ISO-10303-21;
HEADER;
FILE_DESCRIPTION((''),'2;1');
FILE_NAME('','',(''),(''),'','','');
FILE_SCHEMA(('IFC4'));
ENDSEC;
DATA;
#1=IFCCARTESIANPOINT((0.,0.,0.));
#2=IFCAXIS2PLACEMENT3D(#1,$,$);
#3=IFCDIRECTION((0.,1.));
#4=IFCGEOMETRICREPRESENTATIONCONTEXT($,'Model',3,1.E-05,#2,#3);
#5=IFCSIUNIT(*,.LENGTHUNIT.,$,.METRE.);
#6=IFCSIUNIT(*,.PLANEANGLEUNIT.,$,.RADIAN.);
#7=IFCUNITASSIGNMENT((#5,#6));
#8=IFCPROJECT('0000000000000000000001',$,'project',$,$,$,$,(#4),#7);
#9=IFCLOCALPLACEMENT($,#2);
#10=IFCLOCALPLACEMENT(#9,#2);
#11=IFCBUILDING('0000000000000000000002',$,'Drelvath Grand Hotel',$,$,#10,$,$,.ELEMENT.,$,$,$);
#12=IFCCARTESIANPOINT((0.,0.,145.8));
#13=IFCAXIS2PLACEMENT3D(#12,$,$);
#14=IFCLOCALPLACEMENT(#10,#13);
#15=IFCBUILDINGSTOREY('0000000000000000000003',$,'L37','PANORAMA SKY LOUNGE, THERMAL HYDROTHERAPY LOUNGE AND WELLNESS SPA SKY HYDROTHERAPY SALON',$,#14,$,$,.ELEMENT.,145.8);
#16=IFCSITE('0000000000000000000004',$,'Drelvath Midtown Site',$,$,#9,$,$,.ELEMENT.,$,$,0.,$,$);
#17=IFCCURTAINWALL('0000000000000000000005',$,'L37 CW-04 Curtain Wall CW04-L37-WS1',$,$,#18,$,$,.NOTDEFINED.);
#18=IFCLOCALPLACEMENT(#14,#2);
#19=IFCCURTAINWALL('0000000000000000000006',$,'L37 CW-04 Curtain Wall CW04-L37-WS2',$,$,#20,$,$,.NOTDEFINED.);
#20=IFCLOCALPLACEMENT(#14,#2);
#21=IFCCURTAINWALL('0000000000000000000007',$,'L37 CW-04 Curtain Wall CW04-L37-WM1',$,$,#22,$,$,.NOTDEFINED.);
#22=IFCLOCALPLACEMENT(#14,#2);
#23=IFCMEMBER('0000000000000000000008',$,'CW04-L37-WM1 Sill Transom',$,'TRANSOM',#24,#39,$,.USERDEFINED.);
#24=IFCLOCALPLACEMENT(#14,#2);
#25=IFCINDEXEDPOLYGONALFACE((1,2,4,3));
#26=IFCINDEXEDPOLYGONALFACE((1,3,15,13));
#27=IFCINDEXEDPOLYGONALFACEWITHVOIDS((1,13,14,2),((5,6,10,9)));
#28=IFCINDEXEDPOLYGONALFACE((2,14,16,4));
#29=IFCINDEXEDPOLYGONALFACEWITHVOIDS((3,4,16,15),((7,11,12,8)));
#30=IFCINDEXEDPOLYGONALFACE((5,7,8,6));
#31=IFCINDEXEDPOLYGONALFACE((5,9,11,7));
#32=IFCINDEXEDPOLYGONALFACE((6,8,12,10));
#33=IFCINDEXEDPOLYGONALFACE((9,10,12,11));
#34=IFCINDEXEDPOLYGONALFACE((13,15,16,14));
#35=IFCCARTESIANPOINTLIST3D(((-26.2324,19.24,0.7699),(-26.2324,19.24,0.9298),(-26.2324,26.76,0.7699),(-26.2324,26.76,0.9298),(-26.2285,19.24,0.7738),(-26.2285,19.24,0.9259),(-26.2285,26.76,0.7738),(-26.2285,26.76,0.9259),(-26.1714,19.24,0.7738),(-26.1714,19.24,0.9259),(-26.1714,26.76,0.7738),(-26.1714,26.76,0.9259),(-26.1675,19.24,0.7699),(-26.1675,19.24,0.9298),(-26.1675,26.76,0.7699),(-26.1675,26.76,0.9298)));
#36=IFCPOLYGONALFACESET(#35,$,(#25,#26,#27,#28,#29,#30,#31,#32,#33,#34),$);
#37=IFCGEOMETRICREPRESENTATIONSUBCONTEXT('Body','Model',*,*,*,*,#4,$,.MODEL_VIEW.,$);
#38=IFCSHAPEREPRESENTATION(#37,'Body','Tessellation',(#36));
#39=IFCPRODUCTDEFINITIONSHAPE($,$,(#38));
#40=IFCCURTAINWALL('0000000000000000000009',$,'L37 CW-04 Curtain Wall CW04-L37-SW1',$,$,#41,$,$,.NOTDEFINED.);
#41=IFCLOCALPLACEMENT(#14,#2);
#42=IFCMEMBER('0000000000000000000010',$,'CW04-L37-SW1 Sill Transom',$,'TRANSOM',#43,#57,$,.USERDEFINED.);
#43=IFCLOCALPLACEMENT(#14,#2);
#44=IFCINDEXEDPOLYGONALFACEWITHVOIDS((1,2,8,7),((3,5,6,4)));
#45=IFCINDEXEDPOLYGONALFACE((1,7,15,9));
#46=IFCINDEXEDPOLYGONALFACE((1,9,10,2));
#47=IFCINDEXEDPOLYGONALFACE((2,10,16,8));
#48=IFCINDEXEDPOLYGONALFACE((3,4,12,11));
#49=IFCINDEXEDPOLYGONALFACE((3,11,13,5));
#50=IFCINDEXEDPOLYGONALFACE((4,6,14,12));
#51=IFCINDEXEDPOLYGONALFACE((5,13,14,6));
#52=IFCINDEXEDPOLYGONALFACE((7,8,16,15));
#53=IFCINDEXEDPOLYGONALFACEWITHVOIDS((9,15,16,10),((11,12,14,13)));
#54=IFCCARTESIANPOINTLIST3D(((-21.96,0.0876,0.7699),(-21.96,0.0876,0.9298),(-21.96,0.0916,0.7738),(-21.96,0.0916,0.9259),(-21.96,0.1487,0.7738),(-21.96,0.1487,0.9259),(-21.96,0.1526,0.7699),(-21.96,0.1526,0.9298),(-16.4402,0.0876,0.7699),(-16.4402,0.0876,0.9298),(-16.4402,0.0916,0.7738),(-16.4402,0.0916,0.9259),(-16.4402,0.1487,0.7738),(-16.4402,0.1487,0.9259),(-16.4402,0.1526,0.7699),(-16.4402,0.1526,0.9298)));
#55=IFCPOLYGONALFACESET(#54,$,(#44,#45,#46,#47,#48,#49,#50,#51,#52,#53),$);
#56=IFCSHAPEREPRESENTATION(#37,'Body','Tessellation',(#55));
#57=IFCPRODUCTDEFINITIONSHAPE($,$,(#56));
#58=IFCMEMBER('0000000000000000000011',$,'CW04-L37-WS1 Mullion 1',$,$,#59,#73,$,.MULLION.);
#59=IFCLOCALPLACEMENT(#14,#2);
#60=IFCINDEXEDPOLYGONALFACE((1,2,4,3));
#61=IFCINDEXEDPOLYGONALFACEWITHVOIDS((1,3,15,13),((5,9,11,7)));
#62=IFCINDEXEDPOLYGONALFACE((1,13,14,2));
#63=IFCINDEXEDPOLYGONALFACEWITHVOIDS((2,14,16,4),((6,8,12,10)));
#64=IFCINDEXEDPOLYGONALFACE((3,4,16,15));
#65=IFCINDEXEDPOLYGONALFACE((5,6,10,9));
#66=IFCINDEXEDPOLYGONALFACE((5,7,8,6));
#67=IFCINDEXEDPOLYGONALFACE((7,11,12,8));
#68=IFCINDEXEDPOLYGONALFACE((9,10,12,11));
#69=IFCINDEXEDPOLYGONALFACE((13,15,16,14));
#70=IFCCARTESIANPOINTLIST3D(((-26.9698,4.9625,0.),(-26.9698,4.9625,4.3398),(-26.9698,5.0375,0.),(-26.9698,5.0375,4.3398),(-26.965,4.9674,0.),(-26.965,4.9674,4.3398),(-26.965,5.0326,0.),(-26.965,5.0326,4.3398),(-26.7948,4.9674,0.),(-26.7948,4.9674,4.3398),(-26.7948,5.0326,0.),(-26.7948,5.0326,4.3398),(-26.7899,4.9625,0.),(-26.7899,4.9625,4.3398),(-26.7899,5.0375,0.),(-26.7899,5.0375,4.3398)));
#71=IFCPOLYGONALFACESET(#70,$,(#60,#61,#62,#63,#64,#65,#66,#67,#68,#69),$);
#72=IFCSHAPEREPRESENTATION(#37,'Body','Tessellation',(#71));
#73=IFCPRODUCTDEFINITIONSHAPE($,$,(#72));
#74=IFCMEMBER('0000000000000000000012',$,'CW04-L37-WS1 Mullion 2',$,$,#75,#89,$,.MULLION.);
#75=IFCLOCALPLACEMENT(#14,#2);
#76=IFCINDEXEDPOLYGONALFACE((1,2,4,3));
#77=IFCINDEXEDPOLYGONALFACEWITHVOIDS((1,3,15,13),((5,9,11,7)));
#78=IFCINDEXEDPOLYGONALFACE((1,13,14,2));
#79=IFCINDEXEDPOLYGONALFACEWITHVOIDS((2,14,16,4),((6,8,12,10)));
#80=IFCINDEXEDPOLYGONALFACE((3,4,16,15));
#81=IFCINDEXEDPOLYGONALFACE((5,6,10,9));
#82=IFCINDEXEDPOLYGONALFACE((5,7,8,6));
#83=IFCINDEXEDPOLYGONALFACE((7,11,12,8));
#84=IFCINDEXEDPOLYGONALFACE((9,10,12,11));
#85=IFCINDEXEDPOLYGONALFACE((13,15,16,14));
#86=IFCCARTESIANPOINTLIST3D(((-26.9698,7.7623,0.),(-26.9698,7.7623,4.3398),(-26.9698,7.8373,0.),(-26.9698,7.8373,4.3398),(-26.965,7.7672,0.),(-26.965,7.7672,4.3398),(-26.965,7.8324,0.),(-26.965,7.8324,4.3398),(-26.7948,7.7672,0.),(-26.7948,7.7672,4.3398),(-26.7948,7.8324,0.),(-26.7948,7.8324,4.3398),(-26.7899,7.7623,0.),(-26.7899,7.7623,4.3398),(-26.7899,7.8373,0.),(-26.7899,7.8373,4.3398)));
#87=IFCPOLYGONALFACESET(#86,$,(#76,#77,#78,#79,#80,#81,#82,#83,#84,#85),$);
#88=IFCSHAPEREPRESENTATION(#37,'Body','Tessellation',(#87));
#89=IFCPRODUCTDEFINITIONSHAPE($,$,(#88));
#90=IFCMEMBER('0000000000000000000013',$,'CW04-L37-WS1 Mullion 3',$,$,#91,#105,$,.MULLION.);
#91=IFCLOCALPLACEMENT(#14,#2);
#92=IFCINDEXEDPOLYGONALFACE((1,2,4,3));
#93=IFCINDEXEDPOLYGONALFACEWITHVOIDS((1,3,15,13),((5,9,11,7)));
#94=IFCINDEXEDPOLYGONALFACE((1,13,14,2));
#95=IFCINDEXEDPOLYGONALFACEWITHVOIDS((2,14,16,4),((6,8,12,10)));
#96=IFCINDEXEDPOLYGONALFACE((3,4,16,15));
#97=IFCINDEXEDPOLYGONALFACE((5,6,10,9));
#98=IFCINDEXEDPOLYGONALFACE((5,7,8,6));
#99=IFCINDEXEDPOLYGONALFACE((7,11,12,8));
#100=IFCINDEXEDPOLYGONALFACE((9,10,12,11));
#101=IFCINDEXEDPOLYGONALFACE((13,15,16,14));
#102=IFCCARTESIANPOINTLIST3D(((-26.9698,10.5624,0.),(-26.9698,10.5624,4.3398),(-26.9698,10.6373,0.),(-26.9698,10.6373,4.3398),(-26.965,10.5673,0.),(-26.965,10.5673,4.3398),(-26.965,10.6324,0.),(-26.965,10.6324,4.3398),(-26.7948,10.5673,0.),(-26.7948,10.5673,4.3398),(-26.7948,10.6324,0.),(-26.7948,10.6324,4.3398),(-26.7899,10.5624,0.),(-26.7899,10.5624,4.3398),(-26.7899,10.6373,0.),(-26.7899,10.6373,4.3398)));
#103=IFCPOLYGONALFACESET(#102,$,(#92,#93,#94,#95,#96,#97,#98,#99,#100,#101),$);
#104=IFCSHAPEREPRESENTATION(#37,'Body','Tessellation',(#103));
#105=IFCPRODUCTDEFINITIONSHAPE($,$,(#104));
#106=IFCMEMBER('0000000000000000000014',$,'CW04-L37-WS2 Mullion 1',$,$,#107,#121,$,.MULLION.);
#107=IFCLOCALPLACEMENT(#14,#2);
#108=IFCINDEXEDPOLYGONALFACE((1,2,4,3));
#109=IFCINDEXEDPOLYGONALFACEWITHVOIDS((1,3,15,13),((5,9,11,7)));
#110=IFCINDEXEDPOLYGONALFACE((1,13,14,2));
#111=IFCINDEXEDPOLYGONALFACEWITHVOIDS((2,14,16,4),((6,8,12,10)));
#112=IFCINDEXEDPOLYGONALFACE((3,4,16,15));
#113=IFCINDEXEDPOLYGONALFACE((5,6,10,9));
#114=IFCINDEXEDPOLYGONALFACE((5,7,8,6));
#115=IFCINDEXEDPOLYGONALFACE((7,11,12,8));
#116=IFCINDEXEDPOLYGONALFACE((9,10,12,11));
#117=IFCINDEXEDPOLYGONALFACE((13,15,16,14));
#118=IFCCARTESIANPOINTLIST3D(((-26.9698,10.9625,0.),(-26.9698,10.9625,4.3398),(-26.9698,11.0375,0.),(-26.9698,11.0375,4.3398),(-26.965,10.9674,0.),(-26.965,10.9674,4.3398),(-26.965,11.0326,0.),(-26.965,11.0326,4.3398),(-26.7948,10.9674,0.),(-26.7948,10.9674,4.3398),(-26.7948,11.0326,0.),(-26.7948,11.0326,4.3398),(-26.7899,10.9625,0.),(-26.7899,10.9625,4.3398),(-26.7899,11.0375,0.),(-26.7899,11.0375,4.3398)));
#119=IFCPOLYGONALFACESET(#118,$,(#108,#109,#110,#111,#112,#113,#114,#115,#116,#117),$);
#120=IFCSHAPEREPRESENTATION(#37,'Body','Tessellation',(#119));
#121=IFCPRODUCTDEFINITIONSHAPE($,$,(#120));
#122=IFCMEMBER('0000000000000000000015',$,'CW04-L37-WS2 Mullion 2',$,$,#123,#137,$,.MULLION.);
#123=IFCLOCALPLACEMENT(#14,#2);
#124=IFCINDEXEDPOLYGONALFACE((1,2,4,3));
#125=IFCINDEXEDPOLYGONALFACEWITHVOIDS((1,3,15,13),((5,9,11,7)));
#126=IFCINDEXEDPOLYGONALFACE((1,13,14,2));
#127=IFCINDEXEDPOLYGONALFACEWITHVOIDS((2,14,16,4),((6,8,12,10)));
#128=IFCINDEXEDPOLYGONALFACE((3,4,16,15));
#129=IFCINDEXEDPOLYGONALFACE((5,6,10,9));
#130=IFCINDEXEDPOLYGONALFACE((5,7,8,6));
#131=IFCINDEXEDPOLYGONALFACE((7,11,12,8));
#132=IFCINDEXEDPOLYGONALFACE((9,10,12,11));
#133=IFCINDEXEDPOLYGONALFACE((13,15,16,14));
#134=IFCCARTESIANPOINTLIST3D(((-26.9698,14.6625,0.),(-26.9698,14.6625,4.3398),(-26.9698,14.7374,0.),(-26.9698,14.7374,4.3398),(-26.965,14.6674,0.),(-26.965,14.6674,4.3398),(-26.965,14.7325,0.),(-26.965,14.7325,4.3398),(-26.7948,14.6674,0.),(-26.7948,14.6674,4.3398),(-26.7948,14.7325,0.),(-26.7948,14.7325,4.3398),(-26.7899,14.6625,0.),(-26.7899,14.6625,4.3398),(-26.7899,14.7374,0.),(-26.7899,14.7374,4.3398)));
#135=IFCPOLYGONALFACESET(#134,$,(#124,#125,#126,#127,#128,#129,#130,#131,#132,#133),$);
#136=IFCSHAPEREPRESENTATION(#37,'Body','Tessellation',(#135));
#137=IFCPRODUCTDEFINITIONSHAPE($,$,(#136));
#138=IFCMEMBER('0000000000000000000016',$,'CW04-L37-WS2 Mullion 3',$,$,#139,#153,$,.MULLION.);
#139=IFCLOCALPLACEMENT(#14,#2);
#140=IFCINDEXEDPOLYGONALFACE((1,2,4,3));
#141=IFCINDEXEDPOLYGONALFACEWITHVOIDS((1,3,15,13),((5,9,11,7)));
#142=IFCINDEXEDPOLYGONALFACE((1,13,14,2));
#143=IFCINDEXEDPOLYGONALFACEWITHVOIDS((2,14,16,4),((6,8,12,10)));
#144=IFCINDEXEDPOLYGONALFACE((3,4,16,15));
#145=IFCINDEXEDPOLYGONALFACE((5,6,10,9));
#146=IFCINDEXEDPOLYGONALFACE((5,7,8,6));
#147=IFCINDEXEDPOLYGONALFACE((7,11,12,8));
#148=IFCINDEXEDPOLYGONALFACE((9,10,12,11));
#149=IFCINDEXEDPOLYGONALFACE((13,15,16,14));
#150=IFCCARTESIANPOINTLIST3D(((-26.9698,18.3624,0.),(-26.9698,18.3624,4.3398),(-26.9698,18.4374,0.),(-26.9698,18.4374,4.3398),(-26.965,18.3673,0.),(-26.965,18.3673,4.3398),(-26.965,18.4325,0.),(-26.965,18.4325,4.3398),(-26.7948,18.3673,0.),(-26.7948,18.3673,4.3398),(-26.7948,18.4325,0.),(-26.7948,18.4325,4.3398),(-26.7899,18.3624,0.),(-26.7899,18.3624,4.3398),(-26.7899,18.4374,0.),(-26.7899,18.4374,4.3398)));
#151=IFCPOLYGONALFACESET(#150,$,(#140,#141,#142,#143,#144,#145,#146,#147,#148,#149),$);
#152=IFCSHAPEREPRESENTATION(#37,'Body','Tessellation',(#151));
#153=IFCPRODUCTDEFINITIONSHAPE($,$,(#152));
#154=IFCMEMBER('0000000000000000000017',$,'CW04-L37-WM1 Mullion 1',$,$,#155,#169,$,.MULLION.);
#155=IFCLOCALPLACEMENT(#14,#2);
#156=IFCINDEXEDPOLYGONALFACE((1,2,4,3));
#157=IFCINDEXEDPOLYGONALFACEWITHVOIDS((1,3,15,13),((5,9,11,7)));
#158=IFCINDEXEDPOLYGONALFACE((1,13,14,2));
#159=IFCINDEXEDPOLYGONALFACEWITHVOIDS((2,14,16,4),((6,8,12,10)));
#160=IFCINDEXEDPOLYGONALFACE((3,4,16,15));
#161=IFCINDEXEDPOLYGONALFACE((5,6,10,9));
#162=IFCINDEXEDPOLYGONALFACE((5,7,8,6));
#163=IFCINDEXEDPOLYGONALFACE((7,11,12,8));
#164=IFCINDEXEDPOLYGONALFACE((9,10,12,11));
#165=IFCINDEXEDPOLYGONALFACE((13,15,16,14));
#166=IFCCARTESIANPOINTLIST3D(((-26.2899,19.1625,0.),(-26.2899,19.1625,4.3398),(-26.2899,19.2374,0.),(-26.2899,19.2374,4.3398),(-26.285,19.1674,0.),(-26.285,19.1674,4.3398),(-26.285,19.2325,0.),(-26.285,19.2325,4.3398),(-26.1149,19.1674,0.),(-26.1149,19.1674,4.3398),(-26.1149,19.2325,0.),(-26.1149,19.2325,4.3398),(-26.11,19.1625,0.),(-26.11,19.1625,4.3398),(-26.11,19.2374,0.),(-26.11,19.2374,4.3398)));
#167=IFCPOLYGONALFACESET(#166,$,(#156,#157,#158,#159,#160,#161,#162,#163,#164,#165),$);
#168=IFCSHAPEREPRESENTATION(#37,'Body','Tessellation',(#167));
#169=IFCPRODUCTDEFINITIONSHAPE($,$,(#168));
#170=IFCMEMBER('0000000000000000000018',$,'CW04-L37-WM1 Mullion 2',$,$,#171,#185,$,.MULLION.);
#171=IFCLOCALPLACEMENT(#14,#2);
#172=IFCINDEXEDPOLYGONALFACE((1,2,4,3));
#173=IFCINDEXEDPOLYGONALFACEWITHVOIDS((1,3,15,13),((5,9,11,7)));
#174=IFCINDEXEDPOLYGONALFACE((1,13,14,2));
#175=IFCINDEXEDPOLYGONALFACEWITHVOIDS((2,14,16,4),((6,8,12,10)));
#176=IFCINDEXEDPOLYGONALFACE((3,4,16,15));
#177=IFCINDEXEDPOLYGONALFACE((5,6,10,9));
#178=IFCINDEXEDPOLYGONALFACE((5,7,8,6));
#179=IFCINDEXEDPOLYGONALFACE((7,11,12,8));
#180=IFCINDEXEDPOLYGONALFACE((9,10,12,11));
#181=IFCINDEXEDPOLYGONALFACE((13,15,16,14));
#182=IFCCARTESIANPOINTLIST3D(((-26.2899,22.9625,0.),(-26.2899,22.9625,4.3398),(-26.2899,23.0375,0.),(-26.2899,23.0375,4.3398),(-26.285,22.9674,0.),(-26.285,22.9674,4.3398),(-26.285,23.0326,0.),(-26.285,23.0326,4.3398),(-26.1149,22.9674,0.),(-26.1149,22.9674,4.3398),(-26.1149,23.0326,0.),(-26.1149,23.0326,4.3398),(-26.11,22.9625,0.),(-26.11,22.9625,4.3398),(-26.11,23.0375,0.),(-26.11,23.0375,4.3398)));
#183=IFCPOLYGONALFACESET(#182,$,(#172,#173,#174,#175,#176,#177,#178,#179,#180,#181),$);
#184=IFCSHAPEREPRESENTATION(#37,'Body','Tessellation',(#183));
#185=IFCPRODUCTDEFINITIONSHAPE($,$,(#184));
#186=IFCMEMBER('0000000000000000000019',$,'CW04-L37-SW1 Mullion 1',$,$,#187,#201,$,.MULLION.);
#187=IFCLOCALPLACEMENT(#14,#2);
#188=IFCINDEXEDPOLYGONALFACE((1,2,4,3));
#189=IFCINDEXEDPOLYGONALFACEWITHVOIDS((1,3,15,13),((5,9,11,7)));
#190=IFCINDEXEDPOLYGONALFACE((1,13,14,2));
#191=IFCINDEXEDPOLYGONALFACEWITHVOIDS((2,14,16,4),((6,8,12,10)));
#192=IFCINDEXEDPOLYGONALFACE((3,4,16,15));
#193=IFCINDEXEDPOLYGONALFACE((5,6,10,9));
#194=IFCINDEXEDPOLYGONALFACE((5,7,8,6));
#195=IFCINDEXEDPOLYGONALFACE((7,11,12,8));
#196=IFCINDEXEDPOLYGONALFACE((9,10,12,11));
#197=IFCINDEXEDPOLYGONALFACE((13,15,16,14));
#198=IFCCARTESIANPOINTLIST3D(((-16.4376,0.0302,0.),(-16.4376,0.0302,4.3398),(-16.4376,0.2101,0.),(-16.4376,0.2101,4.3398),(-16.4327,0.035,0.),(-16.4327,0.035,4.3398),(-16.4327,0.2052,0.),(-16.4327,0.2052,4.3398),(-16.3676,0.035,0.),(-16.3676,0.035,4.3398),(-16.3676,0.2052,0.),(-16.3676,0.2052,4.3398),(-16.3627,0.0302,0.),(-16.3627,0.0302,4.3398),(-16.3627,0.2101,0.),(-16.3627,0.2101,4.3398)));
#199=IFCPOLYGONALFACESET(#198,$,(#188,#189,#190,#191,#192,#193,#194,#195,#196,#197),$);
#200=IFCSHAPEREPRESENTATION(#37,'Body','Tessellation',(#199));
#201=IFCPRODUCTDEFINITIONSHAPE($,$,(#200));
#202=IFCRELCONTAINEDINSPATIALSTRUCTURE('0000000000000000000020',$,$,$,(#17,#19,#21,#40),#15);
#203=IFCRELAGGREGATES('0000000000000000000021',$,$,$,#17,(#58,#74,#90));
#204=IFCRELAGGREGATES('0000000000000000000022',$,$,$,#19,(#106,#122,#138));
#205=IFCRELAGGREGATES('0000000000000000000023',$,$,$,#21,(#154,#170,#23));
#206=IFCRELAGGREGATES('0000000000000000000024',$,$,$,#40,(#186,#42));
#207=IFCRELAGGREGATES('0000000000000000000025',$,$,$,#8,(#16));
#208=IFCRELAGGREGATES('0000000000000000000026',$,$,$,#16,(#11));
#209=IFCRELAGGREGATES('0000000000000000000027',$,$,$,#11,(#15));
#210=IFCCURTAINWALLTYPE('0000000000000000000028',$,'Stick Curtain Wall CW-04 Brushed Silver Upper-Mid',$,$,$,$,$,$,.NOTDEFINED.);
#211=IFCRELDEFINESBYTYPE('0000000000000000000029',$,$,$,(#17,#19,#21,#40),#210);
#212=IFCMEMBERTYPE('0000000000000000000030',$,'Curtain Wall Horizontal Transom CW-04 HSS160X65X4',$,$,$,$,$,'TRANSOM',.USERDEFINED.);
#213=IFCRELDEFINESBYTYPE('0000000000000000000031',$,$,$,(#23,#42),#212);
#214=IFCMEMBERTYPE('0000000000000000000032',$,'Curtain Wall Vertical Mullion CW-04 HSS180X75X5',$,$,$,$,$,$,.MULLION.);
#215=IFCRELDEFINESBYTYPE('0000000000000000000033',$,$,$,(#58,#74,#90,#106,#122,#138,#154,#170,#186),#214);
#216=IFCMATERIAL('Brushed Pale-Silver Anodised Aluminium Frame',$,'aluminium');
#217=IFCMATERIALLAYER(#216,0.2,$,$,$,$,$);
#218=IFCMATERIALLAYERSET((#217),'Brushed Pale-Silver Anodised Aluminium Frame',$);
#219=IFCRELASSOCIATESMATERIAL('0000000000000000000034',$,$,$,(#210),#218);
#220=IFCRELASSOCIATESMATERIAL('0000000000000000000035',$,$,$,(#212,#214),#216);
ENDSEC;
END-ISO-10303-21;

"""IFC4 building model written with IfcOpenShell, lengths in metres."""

from ifc_helpers import new_model, si_unit, direction, frame, origin, origin_2d, place, context, subcontext, project, spatial, hollow_rectangle, extrude, material, layer, layer_set, material_profile, profile_set, type_object, element, aggregate, save


model = new_model("IFC4")

# Units and contexts
model_context = context("Model", 3, precision=1e-05, world=origin(), true_north=direction((0.0, 1.0)))
body_context = subcontext(model_context, "Body", "Model", "MODEL_VIEW")
ifc_project = project(units=[si_unit("LENGTHUNIT", "METRE"), si_unit("PLANEANGLEUNIT", "RADIAN")], contexts=[model_context])

# Site, building, storey
site_placement = place(None, origin())
site = spatial("IfcSite", under=ifc_project, at=site_placement, Name="Drelvath Midtown Site", CompositionType="ELEMENT", RefElevation=0.0)
building_placement = place(site_placement, origin())
building = spatial("IfcBuilding", under=site, at=building_placement, Name="Drelvath Grand Hotel", CompositionType="ELEMENT")
storey_placement = place(building_placement, frame((0.0, 0.0, 145.8)))
storey = spatial("IfcBuildingStorey", under=building, at=storey_placement, Name="L37", Description="PANORAMA SKY LOUNGE, THERMAL HYDROTHERAPY LOUNGE AND WELLNESS SPA SKY HYDROTHERAPY SALON", CompositionType="ELEMENT", Elevation=145.8)

# Curtain walls, members
ifc_material_1 = material(Name="Brushed Pale-Silver Anodised Aluminium Frame", Category="aluminium")
ifc_layer_1 = layer(ifc_material_1, 0.2)
ifc_layer_set_1 = layer_set([ifc_layer_1], Name="Brushed Pale-Silver Anodised Aluminium Frame")
curtain_wall_type = type_object("IfcCurtainWallType", Name="Stick Curtain Wall CW-04 Brushed Silver Upper-Mid", PredefinedType="NOTDEFINED", material=ifc_layer_set_1)
curtain_wall_1_placement = place(storey_placement, origin())
curtain_wall_1 = element("IfcCurtainWall", 1, at=curtain_wall_1_placement, inside=storey, type_object=curtain_wall_type, Name="L37 CW-04 Curtain Wall CW04-L37-WS1", PredefinedType="NOTDEFINED")
ifc_material_profile_1 = material_profile(ifc_material_1, hollow_rectangle(XDim=0.0649, YDim=0.1599, WallThickness=0.0039, at=origin_2d()), Name="HSS160X65X4")
ifc_profile_set_1 = profile_set([ifc_material_profile_1], Name="Brushed Pale-Silver Anodised Aluminium Frame")
member_type_1 = type_object("IfcMemberType", Name="Curtain Wall Horizontal Transom CW-04 HSS160X65X4", ElementType="TRANSOM", PredefinedType="USERDEFINED", material=ifc_profile_set_1)
curtain_wall_2_placement = place(storey_placement, origin())
curtain_wall_2 = element("IfcCurtainWall", 2, at=curtain_wall_2_placement, inside=storey, type_object=curtain_wall_type, Name="L37 CW-04 Curtain Wall CW04-L37-WS2", PredefinedType="NOTDEFINED")
curtain_wall_3_placement = place(storey_placement, origin())
curtain_wall_3 = element("IfcCurtainWall", 3, at=curtain_wall_3_placement, inside=storey, type_object=curtain_wall_type, Name="L37 CW-04 Curtain Wall CW04-L37-WM1", PredefinedType="NOTDEFINED")
member_1_placement = place(storey_placement, frame((-26.2, 19.24, 0.8499), z_axis=(0.0, 1.0, 0.0), x_axis=(-1.0, 0.0, 0.0)))
member_1 = element("IfcMember", 4, at=member_1_placement, type_object=member_type_1, Name="CW04-L37-WM1 Sill Transom", ObjectType="TRANSOM", PredefinedType="USERDEFINED", context=body_context, shape_type="SweptSolid", body=[
    extrude(hollow_rectangle(XDim=0.0649, YDim=0.1599, WallThickness=0.0039, at=origin_2d()), origin(), (0.0, 0.0, 1.0), 7.52),
])
curtain_wall_4_placement = place(storey_placement, origin())
curtain_wall_4 = element("IfcCurtainWall", 5, at=curtain_wall_4_placement, inside=storey, type_object=curtain_wall_type, Name="L37 CW-04 Curtain Wall CW04-L37-SW1", PredefinedType="NOTDEFINED")
member_2_placement = place(storey_placement, frame((-16.4402, 0.1201, 0.8499), z_axis=(-1.0, 0.0, 0.0), x_axis=(0.0, -1.0, 0.0)))
member_2 = element("IfcMember", 6, at=member_2_placement, type_object=member_type_1, Name="CW04-L37-SW1 Sill Transom", ObjectType="TRANSOM", PredefinedType="USERDEFINED", context=body_context, shape_type="SweptSolid", body=[
    extrude(hollow_rectangle(XDim=0.0649, YDim=0.1599, WallThickness=0.0039, at=origin_2d()), origin(), (0.0, 0.0, 1.0), 5.5198),
])

# Members
ifc_material_profile_2 = material_profile(ifc_material_1, hollow_rectangle(XDim=0.075, YDim=0.1799, WallThickness=0.0049, at=origin_2d()), Name="HSS180X75X5")
ifc_profile_set_2 = profile_set([ifc_material_profile_2], Name="Brushed Pale-Silver Anodised Aluminium Frame")
member_type_2 = type_object("IfcMemberType", Name="Curtain Wall Vertical Mullion CW-04 HSS180X75X5", PredefinedType="MULLION", material=ifc_profile_set_2)
member_3_placement = place(storey_placement, frame((-26.8799, 5.0, 0.0), z_axis=(0.0, 0.0, 1.0), x_axis=(0.0, 1.0, 0.0)))
member_3 = element("IfcMember", 7, at=member_3_placement, type_object=member_type_2, Name="CW04-L37-WS1 Mullion 1", PredefinedType="MULLION", context=body_context, shape_type="SweptSolid", body=[
    extrude(hollow_rectangle(XDim=0.075, YDim=0.1799, WallThickness=0.0049, at=origin_2d()), origin(), (0.0, 0.0, 1.0), 4.3398),
])
member_4_placement = place(storey_placement, frame((-26.8799, 7.7998, 0.0), z_axis=(0.0, 0.0, 1.0), x_axis=(0.0, 1.0, 0.0)))
member_4 = element("IfcMember", 8, at=member_4_placement, type_object=member_type_2, Name="CW04-L37-WS1 Mullion 2", PredefinedType="MULLION", context=body_context, shape_type="SweptSolid", body=[
    extrude(hollow_rectangle(XDim=0.075, YDim=0.1799, WallThickness=0.0049, at=origin_2d()), origin(), (0.0, 0.0, 1.0), 4.3398),
])
member_5_placement = place(storey_placement, frame((-26.8799, 10.5999, 0.0), z_axis=(0.0, 0.0, 1.0), x_axis=(0.0, 1.0, 0.0)))
member_5 = element("IfcMember", 9, at=member_5_placement, type_object=member_type_2, Name="CW04-L37-WS1 Mullion 3", PredefinedType="MULLION", context=body_context, shape_type="SweptSolid", body=[
    extrude(hollow_rectangle(XDim=0.075, YDim=0.1799, WallThickness=0.0049, at=origin_2d()), origin(), (0.0, 0.0, 1.0), 4.3398),
])
member_6_placement = place(storey_placement, frame((-26.8799, 11.0, 0.0), z_axis=(0.0, 0.0, 1.0), x_axis=(0.0, 1.0, 0.0)))
member_6 = element("IfcMember", 10, at=member_6_placement, type_object=member_type_2, Name="CW04-L37-WS2 Mullion 1", PredefinedType="MULLION", context=body_context, shape_type="SweptSolid", body=[
    extrude(hollow_rectangle(XDim=0.075, YDim=0.1799, WallThickness=0.0049, at=origin_2d()), origin(), (0.0, 0.0, 1.0), 4.3398),
])
member_7_placement = place(storey_placement, frame((-26.8799, 14.7, 0.0), z_axis=(0.0, 0.0, 1.0), x_axis=(0.0, 1.0, 0.0)))
member_7 = element("IfcMember", 11, at=member_7_placement, type_object=member_type_2, Name="CW04-L37-WS2 Mullion 2", PredefinedType="MULLION", context=body_context, shape_type="SweptSolid", body=[
    extrude(hollow_rectangle(XDim=0.075, YDim=0.1799, WallThickness=0.0049, at=origin_2d()), origin(), (0.0, 0.0, 1.0), 4.3398),
])
member_8_placement = place(storey_placement, frame((-26.8799, 18.3999, 0.0), z_axis=(0.0, 0.0, 1.0), x_axis=(0.0, 1.0, 0.0)))
member_8 = element("IfcMember", 12, at=member_8_placement, type_object=member_type_2, Name="CW04-L37-WS2 Mullion 3", PredefinedType="MULLION", context=body_context, shape_type="SweptSolid", body=[
    extrude(hollow_rectangle(XDim=0.075, YDim=0.1799, WallThickness=0.0049, at=origin_2d()), origin(), (0.0, 0.0, 1.0), 4.3398),
])
member_9_placement = place(storey_placement, frame((-26.2, 19.2, 0.0), z_axis=(0.0, 0.0, 1.0), x_axis=(0.0, 1.0, 0.0)))
member_9 = element("IfcMember", 13, at=member_9_placement, type_object=member_type_2, Name="CW04-L37-WM1 Mullion 1", PredefinedType="MULLION", context=body_context, shape_type="SweptSolid", body=[
    extrude(hollow_rectangle(XDim=0.075, YDim=0.1799, WallThickness=0.0049, at=origin_2d()), origin(), (0.0, 0.0, 1.0), 4.3398),
])
member_10_placement = place(storey_placement, frame((-26.2, 23.0, 0.0), z_axis=(0.0, 0.0, 1.0), x_axis=(0.0, 1.0, 0.0)))
member_10 = element("IfcMember", 14, at=member_10_placement, type_object=member_type_2, Name="CW04-L37-WM1 Mullion 2", PredefinedType="MULLION", context=body_context, shape_type="SweptSolid", body=[
    extrude(hollow_rectangle(XDim=0.075, YDim=0.1799, WallThickness=0.0049, at=origin_2d()), origin(), (0.0, 0.0, 1.0), 4.3398),
])
member_11_placement = place(storey_placement, frame((-16.4001, 0.1201, 0.0), z_axis=(0.0, 0.0, 1.0), x_axis=(1.0, 0.0, 0.0)))
member_11 = element("IfcMember", 15, at=member_11_placement, type_object=member_type_2, Name="CW04-L37-SW1 Mullion 1", PredefinedType="MULLION", context=body_context, shape_type="SweptSolid", body=[
    extrude(hollow_rectangle(XDim=0.075, YDim=0.1799, WallThickness=0.0049, at=origin_2d()), origin(), (0.0, 0.0, 1.0), 4.3398),
])

aggregate(curtain_wall_1, [member_3, member_4, member_5])
aggregate(curtain_wall_2, [member_6, member_7, member_8])
aggregate(curtain_wall_3, [member_9, member_10, member_1])
aggregate(curtain_wall_4, [member_11, member_2])

save(model, "model.ifc")
